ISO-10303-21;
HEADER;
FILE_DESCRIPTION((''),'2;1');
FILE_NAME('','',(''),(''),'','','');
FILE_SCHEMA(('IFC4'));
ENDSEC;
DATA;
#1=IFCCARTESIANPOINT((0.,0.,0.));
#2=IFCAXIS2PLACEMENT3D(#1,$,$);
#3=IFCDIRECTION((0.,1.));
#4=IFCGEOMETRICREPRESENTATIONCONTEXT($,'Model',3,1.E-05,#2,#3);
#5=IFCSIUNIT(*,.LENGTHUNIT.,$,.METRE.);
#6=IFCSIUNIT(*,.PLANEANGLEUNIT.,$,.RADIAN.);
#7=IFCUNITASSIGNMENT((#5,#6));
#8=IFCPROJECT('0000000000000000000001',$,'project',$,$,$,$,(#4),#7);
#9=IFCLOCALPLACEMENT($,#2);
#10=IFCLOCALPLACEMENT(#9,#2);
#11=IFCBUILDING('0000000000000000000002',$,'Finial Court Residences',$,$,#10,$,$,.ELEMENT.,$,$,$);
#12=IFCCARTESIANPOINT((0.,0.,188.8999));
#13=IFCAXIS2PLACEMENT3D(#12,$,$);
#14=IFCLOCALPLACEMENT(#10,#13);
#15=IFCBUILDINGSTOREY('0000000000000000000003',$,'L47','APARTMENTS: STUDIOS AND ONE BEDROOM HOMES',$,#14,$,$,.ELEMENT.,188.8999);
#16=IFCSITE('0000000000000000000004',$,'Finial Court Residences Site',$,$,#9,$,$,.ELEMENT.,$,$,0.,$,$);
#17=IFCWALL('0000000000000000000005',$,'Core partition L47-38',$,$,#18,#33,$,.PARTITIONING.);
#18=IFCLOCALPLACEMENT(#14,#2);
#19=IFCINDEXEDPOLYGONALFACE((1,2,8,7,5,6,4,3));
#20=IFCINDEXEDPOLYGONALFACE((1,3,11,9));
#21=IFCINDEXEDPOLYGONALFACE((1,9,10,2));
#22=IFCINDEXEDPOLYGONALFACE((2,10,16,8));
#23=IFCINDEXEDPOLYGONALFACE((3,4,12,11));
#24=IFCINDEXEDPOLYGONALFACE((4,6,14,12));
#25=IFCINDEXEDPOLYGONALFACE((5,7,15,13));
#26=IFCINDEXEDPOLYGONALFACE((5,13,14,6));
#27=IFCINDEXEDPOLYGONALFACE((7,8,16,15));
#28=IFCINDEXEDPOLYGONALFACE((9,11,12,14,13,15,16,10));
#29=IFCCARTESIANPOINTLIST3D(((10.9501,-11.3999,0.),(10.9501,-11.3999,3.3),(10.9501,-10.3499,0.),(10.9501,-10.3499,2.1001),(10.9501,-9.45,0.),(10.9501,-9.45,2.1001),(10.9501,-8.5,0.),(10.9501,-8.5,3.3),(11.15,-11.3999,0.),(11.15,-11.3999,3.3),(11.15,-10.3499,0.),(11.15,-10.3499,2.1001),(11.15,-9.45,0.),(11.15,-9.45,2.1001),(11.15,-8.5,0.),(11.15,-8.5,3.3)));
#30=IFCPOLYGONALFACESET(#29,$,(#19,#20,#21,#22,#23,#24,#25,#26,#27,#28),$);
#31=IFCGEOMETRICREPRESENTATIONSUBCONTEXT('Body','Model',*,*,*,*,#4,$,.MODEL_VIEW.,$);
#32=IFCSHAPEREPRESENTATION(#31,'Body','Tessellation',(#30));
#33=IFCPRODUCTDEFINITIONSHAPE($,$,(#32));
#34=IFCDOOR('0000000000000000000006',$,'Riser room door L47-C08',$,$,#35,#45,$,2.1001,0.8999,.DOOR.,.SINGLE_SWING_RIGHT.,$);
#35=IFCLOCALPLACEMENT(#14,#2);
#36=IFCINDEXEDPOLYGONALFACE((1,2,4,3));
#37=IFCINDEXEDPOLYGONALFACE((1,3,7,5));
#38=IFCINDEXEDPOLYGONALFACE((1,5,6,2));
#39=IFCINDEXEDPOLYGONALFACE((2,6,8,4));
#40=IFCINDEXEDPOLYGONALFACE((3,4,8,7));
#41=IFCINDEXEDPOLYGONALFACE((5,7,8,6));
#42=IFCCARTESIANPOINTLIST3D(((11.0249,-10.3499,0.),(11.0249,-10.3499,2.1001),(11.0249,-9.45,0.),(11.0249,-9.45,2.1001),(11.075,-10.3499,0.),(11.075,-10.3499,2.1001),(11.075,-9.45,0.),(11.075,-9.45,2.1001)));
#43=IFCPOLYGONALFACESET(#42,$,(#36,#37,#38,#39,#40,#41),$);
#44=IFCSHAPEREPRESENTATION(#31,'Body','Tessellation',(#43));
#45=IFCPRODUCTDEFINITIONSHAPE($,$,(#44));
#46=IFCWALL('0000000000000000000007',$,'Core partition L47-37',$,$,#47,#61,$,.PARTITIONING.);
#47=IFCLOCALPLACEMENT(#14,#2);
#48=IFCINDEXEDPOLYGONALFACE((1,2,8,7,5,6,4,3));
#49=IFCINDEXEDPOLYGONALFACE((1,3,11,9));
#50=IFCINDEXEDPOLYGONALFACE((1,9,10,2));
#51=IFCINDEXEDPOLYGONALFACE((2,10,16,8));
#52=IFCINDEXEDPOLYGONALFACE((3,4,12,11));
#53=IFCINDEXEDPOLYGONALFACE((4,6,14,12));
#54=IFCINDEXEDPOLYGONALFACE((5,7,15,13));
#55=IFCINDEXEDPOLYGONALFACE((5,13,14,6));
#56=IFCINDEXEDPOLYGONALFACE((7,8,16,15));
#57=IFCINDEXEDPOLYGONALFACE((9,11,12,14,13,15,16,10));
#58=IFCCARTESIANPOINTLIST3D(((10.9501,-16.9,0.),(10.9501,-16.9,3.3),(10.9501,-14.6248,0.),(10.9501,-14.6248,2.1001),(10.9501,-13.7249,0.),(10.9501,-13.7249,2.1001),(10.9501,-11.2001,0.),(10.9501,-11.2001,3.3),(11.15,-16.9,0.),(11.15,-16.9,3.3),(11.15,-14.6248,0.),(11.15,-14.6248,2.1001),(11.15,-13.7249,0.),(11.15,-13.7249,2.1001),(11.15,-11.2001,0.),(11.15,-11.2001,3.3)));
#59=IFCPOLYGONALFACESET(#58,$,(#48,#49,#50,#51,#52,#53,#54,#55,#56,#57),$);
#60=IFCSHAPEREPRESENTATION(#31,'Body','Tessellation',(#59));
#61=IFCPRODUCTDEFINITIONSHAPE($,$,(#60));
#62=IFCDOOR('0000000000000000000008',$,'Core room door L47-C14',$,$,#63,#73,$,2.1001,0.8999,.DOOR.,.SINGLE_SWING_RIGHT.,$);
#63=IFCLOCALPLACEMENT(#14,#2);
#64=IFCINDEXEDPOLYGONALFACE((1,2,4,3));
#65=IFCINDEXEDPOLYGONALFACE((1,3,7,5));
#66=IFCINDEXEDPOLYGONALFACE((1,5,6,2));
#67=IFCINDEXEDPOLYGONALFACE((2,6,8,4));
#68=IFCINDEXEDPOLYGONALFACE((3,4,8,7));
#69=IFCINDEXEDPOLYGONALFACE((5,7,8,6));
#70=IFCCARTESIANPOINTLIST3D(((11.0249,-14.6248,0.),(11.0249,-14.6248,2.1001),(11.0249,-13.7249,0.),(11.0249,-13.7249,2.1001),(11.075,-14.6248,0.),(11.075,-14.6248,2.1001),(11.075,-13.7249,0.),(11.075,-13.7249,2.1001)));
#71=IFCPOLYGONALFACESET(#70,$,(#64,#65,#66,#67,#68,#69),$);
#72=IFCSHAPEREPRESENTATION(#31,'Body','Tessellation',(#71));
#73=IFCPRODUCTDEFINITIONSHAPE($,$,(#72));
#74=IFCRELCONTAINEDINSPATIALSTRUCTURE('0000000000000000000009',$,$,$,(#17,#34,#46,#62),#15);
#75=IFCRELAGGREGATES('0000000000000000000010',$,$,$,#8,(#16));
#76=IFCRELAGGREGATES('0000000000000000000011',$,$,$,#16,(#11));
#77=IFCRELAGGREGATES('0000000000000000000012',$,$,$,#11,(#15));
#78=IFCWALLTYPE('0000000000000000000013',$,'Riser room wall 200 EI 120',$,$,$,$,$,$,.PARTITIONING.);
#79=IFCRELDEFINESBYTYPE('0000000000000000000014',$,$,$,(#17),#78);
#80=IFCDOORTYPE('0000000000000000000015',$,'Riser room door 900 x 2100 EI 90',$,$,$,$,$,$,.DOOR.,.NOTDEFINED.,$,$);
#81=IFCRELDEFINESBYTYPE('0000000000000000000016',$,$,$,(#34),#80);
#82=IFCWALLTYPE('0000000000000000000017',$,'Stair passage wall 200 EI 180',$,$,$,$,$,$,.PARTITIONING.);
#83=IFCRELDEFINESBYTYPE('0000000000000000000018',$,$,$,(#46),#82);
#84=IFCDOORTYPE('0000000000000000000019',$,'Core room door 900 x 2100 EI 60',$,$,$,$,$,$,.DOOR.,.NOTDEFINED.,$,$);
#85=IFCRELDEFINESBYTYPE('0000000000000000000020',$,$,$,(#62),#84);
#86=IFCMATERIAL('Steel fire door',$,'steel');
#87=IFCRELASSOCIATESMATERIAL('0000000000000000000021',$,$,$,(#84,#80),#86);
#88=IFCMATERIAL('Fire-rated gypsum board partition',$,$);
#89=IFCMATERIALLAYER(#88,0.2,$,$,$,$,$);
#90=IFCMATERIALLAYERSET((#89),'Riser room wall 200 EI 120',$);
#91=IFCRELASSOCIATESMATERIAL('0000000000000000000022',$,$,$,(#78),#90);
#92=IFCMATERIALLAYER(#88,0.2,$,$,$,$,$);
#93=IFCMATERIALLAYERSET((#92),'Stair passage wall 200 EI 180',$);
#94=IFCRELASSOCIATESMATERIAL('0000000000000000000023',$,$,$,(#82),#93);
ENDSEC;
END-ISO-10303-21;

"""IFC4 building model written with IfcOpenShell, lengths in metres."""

from ifc_helpers import new_model, si_unit, direction, frame, frame_2d, origin, place, context, subcontext, project, spatial, rectangle, extrude, material, layer, layer_set, type_object, element, fill, save


model = new_model("IFC4")

# Units and contexts
model_context = context("Model", 3, precision=1e-05, world=origin(), true_north=direction((0.0, 1.0)))
body_context = subcontext(model_context, "Body", "Model", "MODEL_VIEW")
ifc_project = project(units=[si_unit("LENGTHUNIT", "METRE"), si_unit("PLANEANGLEUNIT", "RADIAN")], contexts=[model_context])

# Site, building, storey
site_placement = place(None, origin())
site = spatial("IfcSite", under=ifc_project, at=site_placement, Name="Finial Court Residences Site", CompositionType="ELEMENT", RefElevation=0.0)
building_placement = place(site_placement, origin())
building = spatial("IfcBuilding", under=site, at=building_placement, Name="Finial Court Residences", CompositionType="ELEMENT")
storey_placement = place(building_placement, frame((0.0, 0.0, 188.8999)))
storey = spatial("IfcBuildingStorey", under=building, at=storey_placement, Name="L47", Description="APARTMENTS: STUDIOS AND ONE BEDROOM HOMES", CompositionType="ELEMENT", Elevation=188.8999)

# Shared definitions
ifc_material_1 = material(Name="Fire-rated gypsum board partition")

# Shared definitions
ifc_material_2 = material(Name="Steel fire door", Category="steel")
door_type_1 = type_object("IfcDoorType", Name="Core room door 900 x 2100 EI 60", OperationType="NOTDEFINED", PredefinedType="DOOR", material=ifc_material_2)

# Shared definitions
ifc_layer_1 = layer(ifc_material_1, 0.2)
ifc_layer_set_1 = layer_set([ifc_layer_1], Name="Riser room wall 200 EI 120")
wall_type_1 = type_object("IfcWallType", Name="Riser room wall 200 EI 120", PredefinedType="PARTITIONING", material=ifc_layer_set_1)

# Walls, openings, doors
wall_1_placement = place(storey_placement, frame((11.05, -8.5, 0.0), z_axis=(0.0, 0.0, 1.0), x_axis=(0.0, -1.0, 0.0)))
wall_1 = element("IfcWall", 1, at=wall_1_placement, inside=storey, type_object=wall_type_1, Name="Core partition L47-38", PredefinedType="PARTITIONING", context=body_context, shape_type="SweptSolid", body=[
    extrude(rectangle(XDim=2.8999, YDim=0.2, at=frame_2d((1.45, 0.0))), origin(), (0.0, 0.0, 1.0), 3.3),
])
opening_1_placement = place(wall_1_placement, frame((0.95, 0.0, 0.0)))
opening_1 = element("IfcOpeningElement", 2, at=opening_1_placement, cuts=wall_1, PredefinedType="OPENING", context=body_context, shape_type="SweptSolid", body=[
    extrude(rectangle(XDim=0.8999, YDim=2.1001, at=frame_2d((0.45, 1.05))), frame((0.0, 0.1099, 0.0), z_axis=(0.0, -1.0, 0.0), x_axis=(1.0, 0.0, 0.0)), (0.0, 0.0, 1.0), 0.22),
])
door_type_2 = type_object("IfcDoorType", Name="Riser room door 900 x 2100 EI 90", OperationType="NOTDEFINED", PredefinedType="DOOR", material=ifc_material_2)
door_1_placement = place(opening_1_placement, origin())
door_1 = element("IfcDoor", 3, at=door_1_placement, inside=storey, type_object=door_type_2, Name="Riser room door L47-C08", OperationType="SINGLE_SWING_RIGHT", OverallHeight=2.1001, OverallWidth=0.8999, PredefinedType="DOOR", context=body_context, shape_type="SweptSolid", body=[
    extrude(rectangle(XDim=0.8999, YDim=2.1001, at=frame_2d((0.45, 1.05))), frame((0.0, 0.0249, 0.0), z_axis=(0.0, -1.0, 0.0), x_axis=(1.0, 0.0, 0.0)), (0.0, 0.0, 1.0), 0.05),
])
fill(opening_1, door_1)
ifc_layer_2 = layer(ifc_material_1, 0.2)
ifc_layer_set_2 = layer_set([ifc_layer_2], Name="Stair passage wall 200 EI 180")
wall_type_2 = type_object("IfcWallType", Name="Stair passage wall 200 EI 180", PredefinedType="PARTITIONING", material=ifc_layer_set_2)
wall_2_placement = place(storey_placement, frame((11.05, -11.2, 0.0), z_axis=(0.0, 0.0, 1.0), x_axis=(0.0, -1.0, 0.0)))
wall_2 = element("IfcWall", 4, at=wall_2_placement, inside=storey, type_object=wall_type_2, Name="Core partition L47-37", PredefinedType="PARTITIONING", context=body_context, shape_type="SweptSolid", body=[
    extrude(rectangle(XDim=5.7, YDim=0.2, at=frame_2d((2.8501, 0.0))), origin(), (0.0, 0.0, 1.0), 3.3),
])
opening_2_placement = place(wall_2_placement, frame((2.5249, 0.0, 0.0)))
opening_2 = element("IfcOpeningElement", 5, at=opening_2_placement, cuts=wall_2, PredefinedType="OPENING", context=body_context, shape_type="SweptSolid", body=[
    extrude(rectangle(XDim=0.8999, YDim=2.1001, at=frame_2d((0.45, 1.05))), frame((0.0, 0.1099, 0.0), z_axis=(0.0, -1.0, 0.0), x_axis=(1.0, 0.0, 0.0)), (0.0, 0.0, 1.0), 0.22),
])
door_2_placement = place(opening_2_placement, origin())
door_2 = element("IfcDoor", 6, at=door_2_placement, inside=storey, type_object=door_type_1, Name="Core room door L47-C14", OperationType="SINGLE_SWING_RIGHT", OverallHeight=2.1001, OverallWidth=0.8999, PredefinedType="DOOR", context=body_context, shape_type="SweptSolid", body=[
    extrude(rectangle(XDim=0.8999, YDim=2.1001, at=frame_2d((0.45, 1.05))), frame((0.0, 0.0249, 0.0), z_axis=(0.0, -1.0, 0.0), x_axis=(1.0, 0.0, 0.0)), (0.0, 0.0, 1.0), 0.05),
])
fill(opening_2, door_2)

save(model, "model.ifc")
